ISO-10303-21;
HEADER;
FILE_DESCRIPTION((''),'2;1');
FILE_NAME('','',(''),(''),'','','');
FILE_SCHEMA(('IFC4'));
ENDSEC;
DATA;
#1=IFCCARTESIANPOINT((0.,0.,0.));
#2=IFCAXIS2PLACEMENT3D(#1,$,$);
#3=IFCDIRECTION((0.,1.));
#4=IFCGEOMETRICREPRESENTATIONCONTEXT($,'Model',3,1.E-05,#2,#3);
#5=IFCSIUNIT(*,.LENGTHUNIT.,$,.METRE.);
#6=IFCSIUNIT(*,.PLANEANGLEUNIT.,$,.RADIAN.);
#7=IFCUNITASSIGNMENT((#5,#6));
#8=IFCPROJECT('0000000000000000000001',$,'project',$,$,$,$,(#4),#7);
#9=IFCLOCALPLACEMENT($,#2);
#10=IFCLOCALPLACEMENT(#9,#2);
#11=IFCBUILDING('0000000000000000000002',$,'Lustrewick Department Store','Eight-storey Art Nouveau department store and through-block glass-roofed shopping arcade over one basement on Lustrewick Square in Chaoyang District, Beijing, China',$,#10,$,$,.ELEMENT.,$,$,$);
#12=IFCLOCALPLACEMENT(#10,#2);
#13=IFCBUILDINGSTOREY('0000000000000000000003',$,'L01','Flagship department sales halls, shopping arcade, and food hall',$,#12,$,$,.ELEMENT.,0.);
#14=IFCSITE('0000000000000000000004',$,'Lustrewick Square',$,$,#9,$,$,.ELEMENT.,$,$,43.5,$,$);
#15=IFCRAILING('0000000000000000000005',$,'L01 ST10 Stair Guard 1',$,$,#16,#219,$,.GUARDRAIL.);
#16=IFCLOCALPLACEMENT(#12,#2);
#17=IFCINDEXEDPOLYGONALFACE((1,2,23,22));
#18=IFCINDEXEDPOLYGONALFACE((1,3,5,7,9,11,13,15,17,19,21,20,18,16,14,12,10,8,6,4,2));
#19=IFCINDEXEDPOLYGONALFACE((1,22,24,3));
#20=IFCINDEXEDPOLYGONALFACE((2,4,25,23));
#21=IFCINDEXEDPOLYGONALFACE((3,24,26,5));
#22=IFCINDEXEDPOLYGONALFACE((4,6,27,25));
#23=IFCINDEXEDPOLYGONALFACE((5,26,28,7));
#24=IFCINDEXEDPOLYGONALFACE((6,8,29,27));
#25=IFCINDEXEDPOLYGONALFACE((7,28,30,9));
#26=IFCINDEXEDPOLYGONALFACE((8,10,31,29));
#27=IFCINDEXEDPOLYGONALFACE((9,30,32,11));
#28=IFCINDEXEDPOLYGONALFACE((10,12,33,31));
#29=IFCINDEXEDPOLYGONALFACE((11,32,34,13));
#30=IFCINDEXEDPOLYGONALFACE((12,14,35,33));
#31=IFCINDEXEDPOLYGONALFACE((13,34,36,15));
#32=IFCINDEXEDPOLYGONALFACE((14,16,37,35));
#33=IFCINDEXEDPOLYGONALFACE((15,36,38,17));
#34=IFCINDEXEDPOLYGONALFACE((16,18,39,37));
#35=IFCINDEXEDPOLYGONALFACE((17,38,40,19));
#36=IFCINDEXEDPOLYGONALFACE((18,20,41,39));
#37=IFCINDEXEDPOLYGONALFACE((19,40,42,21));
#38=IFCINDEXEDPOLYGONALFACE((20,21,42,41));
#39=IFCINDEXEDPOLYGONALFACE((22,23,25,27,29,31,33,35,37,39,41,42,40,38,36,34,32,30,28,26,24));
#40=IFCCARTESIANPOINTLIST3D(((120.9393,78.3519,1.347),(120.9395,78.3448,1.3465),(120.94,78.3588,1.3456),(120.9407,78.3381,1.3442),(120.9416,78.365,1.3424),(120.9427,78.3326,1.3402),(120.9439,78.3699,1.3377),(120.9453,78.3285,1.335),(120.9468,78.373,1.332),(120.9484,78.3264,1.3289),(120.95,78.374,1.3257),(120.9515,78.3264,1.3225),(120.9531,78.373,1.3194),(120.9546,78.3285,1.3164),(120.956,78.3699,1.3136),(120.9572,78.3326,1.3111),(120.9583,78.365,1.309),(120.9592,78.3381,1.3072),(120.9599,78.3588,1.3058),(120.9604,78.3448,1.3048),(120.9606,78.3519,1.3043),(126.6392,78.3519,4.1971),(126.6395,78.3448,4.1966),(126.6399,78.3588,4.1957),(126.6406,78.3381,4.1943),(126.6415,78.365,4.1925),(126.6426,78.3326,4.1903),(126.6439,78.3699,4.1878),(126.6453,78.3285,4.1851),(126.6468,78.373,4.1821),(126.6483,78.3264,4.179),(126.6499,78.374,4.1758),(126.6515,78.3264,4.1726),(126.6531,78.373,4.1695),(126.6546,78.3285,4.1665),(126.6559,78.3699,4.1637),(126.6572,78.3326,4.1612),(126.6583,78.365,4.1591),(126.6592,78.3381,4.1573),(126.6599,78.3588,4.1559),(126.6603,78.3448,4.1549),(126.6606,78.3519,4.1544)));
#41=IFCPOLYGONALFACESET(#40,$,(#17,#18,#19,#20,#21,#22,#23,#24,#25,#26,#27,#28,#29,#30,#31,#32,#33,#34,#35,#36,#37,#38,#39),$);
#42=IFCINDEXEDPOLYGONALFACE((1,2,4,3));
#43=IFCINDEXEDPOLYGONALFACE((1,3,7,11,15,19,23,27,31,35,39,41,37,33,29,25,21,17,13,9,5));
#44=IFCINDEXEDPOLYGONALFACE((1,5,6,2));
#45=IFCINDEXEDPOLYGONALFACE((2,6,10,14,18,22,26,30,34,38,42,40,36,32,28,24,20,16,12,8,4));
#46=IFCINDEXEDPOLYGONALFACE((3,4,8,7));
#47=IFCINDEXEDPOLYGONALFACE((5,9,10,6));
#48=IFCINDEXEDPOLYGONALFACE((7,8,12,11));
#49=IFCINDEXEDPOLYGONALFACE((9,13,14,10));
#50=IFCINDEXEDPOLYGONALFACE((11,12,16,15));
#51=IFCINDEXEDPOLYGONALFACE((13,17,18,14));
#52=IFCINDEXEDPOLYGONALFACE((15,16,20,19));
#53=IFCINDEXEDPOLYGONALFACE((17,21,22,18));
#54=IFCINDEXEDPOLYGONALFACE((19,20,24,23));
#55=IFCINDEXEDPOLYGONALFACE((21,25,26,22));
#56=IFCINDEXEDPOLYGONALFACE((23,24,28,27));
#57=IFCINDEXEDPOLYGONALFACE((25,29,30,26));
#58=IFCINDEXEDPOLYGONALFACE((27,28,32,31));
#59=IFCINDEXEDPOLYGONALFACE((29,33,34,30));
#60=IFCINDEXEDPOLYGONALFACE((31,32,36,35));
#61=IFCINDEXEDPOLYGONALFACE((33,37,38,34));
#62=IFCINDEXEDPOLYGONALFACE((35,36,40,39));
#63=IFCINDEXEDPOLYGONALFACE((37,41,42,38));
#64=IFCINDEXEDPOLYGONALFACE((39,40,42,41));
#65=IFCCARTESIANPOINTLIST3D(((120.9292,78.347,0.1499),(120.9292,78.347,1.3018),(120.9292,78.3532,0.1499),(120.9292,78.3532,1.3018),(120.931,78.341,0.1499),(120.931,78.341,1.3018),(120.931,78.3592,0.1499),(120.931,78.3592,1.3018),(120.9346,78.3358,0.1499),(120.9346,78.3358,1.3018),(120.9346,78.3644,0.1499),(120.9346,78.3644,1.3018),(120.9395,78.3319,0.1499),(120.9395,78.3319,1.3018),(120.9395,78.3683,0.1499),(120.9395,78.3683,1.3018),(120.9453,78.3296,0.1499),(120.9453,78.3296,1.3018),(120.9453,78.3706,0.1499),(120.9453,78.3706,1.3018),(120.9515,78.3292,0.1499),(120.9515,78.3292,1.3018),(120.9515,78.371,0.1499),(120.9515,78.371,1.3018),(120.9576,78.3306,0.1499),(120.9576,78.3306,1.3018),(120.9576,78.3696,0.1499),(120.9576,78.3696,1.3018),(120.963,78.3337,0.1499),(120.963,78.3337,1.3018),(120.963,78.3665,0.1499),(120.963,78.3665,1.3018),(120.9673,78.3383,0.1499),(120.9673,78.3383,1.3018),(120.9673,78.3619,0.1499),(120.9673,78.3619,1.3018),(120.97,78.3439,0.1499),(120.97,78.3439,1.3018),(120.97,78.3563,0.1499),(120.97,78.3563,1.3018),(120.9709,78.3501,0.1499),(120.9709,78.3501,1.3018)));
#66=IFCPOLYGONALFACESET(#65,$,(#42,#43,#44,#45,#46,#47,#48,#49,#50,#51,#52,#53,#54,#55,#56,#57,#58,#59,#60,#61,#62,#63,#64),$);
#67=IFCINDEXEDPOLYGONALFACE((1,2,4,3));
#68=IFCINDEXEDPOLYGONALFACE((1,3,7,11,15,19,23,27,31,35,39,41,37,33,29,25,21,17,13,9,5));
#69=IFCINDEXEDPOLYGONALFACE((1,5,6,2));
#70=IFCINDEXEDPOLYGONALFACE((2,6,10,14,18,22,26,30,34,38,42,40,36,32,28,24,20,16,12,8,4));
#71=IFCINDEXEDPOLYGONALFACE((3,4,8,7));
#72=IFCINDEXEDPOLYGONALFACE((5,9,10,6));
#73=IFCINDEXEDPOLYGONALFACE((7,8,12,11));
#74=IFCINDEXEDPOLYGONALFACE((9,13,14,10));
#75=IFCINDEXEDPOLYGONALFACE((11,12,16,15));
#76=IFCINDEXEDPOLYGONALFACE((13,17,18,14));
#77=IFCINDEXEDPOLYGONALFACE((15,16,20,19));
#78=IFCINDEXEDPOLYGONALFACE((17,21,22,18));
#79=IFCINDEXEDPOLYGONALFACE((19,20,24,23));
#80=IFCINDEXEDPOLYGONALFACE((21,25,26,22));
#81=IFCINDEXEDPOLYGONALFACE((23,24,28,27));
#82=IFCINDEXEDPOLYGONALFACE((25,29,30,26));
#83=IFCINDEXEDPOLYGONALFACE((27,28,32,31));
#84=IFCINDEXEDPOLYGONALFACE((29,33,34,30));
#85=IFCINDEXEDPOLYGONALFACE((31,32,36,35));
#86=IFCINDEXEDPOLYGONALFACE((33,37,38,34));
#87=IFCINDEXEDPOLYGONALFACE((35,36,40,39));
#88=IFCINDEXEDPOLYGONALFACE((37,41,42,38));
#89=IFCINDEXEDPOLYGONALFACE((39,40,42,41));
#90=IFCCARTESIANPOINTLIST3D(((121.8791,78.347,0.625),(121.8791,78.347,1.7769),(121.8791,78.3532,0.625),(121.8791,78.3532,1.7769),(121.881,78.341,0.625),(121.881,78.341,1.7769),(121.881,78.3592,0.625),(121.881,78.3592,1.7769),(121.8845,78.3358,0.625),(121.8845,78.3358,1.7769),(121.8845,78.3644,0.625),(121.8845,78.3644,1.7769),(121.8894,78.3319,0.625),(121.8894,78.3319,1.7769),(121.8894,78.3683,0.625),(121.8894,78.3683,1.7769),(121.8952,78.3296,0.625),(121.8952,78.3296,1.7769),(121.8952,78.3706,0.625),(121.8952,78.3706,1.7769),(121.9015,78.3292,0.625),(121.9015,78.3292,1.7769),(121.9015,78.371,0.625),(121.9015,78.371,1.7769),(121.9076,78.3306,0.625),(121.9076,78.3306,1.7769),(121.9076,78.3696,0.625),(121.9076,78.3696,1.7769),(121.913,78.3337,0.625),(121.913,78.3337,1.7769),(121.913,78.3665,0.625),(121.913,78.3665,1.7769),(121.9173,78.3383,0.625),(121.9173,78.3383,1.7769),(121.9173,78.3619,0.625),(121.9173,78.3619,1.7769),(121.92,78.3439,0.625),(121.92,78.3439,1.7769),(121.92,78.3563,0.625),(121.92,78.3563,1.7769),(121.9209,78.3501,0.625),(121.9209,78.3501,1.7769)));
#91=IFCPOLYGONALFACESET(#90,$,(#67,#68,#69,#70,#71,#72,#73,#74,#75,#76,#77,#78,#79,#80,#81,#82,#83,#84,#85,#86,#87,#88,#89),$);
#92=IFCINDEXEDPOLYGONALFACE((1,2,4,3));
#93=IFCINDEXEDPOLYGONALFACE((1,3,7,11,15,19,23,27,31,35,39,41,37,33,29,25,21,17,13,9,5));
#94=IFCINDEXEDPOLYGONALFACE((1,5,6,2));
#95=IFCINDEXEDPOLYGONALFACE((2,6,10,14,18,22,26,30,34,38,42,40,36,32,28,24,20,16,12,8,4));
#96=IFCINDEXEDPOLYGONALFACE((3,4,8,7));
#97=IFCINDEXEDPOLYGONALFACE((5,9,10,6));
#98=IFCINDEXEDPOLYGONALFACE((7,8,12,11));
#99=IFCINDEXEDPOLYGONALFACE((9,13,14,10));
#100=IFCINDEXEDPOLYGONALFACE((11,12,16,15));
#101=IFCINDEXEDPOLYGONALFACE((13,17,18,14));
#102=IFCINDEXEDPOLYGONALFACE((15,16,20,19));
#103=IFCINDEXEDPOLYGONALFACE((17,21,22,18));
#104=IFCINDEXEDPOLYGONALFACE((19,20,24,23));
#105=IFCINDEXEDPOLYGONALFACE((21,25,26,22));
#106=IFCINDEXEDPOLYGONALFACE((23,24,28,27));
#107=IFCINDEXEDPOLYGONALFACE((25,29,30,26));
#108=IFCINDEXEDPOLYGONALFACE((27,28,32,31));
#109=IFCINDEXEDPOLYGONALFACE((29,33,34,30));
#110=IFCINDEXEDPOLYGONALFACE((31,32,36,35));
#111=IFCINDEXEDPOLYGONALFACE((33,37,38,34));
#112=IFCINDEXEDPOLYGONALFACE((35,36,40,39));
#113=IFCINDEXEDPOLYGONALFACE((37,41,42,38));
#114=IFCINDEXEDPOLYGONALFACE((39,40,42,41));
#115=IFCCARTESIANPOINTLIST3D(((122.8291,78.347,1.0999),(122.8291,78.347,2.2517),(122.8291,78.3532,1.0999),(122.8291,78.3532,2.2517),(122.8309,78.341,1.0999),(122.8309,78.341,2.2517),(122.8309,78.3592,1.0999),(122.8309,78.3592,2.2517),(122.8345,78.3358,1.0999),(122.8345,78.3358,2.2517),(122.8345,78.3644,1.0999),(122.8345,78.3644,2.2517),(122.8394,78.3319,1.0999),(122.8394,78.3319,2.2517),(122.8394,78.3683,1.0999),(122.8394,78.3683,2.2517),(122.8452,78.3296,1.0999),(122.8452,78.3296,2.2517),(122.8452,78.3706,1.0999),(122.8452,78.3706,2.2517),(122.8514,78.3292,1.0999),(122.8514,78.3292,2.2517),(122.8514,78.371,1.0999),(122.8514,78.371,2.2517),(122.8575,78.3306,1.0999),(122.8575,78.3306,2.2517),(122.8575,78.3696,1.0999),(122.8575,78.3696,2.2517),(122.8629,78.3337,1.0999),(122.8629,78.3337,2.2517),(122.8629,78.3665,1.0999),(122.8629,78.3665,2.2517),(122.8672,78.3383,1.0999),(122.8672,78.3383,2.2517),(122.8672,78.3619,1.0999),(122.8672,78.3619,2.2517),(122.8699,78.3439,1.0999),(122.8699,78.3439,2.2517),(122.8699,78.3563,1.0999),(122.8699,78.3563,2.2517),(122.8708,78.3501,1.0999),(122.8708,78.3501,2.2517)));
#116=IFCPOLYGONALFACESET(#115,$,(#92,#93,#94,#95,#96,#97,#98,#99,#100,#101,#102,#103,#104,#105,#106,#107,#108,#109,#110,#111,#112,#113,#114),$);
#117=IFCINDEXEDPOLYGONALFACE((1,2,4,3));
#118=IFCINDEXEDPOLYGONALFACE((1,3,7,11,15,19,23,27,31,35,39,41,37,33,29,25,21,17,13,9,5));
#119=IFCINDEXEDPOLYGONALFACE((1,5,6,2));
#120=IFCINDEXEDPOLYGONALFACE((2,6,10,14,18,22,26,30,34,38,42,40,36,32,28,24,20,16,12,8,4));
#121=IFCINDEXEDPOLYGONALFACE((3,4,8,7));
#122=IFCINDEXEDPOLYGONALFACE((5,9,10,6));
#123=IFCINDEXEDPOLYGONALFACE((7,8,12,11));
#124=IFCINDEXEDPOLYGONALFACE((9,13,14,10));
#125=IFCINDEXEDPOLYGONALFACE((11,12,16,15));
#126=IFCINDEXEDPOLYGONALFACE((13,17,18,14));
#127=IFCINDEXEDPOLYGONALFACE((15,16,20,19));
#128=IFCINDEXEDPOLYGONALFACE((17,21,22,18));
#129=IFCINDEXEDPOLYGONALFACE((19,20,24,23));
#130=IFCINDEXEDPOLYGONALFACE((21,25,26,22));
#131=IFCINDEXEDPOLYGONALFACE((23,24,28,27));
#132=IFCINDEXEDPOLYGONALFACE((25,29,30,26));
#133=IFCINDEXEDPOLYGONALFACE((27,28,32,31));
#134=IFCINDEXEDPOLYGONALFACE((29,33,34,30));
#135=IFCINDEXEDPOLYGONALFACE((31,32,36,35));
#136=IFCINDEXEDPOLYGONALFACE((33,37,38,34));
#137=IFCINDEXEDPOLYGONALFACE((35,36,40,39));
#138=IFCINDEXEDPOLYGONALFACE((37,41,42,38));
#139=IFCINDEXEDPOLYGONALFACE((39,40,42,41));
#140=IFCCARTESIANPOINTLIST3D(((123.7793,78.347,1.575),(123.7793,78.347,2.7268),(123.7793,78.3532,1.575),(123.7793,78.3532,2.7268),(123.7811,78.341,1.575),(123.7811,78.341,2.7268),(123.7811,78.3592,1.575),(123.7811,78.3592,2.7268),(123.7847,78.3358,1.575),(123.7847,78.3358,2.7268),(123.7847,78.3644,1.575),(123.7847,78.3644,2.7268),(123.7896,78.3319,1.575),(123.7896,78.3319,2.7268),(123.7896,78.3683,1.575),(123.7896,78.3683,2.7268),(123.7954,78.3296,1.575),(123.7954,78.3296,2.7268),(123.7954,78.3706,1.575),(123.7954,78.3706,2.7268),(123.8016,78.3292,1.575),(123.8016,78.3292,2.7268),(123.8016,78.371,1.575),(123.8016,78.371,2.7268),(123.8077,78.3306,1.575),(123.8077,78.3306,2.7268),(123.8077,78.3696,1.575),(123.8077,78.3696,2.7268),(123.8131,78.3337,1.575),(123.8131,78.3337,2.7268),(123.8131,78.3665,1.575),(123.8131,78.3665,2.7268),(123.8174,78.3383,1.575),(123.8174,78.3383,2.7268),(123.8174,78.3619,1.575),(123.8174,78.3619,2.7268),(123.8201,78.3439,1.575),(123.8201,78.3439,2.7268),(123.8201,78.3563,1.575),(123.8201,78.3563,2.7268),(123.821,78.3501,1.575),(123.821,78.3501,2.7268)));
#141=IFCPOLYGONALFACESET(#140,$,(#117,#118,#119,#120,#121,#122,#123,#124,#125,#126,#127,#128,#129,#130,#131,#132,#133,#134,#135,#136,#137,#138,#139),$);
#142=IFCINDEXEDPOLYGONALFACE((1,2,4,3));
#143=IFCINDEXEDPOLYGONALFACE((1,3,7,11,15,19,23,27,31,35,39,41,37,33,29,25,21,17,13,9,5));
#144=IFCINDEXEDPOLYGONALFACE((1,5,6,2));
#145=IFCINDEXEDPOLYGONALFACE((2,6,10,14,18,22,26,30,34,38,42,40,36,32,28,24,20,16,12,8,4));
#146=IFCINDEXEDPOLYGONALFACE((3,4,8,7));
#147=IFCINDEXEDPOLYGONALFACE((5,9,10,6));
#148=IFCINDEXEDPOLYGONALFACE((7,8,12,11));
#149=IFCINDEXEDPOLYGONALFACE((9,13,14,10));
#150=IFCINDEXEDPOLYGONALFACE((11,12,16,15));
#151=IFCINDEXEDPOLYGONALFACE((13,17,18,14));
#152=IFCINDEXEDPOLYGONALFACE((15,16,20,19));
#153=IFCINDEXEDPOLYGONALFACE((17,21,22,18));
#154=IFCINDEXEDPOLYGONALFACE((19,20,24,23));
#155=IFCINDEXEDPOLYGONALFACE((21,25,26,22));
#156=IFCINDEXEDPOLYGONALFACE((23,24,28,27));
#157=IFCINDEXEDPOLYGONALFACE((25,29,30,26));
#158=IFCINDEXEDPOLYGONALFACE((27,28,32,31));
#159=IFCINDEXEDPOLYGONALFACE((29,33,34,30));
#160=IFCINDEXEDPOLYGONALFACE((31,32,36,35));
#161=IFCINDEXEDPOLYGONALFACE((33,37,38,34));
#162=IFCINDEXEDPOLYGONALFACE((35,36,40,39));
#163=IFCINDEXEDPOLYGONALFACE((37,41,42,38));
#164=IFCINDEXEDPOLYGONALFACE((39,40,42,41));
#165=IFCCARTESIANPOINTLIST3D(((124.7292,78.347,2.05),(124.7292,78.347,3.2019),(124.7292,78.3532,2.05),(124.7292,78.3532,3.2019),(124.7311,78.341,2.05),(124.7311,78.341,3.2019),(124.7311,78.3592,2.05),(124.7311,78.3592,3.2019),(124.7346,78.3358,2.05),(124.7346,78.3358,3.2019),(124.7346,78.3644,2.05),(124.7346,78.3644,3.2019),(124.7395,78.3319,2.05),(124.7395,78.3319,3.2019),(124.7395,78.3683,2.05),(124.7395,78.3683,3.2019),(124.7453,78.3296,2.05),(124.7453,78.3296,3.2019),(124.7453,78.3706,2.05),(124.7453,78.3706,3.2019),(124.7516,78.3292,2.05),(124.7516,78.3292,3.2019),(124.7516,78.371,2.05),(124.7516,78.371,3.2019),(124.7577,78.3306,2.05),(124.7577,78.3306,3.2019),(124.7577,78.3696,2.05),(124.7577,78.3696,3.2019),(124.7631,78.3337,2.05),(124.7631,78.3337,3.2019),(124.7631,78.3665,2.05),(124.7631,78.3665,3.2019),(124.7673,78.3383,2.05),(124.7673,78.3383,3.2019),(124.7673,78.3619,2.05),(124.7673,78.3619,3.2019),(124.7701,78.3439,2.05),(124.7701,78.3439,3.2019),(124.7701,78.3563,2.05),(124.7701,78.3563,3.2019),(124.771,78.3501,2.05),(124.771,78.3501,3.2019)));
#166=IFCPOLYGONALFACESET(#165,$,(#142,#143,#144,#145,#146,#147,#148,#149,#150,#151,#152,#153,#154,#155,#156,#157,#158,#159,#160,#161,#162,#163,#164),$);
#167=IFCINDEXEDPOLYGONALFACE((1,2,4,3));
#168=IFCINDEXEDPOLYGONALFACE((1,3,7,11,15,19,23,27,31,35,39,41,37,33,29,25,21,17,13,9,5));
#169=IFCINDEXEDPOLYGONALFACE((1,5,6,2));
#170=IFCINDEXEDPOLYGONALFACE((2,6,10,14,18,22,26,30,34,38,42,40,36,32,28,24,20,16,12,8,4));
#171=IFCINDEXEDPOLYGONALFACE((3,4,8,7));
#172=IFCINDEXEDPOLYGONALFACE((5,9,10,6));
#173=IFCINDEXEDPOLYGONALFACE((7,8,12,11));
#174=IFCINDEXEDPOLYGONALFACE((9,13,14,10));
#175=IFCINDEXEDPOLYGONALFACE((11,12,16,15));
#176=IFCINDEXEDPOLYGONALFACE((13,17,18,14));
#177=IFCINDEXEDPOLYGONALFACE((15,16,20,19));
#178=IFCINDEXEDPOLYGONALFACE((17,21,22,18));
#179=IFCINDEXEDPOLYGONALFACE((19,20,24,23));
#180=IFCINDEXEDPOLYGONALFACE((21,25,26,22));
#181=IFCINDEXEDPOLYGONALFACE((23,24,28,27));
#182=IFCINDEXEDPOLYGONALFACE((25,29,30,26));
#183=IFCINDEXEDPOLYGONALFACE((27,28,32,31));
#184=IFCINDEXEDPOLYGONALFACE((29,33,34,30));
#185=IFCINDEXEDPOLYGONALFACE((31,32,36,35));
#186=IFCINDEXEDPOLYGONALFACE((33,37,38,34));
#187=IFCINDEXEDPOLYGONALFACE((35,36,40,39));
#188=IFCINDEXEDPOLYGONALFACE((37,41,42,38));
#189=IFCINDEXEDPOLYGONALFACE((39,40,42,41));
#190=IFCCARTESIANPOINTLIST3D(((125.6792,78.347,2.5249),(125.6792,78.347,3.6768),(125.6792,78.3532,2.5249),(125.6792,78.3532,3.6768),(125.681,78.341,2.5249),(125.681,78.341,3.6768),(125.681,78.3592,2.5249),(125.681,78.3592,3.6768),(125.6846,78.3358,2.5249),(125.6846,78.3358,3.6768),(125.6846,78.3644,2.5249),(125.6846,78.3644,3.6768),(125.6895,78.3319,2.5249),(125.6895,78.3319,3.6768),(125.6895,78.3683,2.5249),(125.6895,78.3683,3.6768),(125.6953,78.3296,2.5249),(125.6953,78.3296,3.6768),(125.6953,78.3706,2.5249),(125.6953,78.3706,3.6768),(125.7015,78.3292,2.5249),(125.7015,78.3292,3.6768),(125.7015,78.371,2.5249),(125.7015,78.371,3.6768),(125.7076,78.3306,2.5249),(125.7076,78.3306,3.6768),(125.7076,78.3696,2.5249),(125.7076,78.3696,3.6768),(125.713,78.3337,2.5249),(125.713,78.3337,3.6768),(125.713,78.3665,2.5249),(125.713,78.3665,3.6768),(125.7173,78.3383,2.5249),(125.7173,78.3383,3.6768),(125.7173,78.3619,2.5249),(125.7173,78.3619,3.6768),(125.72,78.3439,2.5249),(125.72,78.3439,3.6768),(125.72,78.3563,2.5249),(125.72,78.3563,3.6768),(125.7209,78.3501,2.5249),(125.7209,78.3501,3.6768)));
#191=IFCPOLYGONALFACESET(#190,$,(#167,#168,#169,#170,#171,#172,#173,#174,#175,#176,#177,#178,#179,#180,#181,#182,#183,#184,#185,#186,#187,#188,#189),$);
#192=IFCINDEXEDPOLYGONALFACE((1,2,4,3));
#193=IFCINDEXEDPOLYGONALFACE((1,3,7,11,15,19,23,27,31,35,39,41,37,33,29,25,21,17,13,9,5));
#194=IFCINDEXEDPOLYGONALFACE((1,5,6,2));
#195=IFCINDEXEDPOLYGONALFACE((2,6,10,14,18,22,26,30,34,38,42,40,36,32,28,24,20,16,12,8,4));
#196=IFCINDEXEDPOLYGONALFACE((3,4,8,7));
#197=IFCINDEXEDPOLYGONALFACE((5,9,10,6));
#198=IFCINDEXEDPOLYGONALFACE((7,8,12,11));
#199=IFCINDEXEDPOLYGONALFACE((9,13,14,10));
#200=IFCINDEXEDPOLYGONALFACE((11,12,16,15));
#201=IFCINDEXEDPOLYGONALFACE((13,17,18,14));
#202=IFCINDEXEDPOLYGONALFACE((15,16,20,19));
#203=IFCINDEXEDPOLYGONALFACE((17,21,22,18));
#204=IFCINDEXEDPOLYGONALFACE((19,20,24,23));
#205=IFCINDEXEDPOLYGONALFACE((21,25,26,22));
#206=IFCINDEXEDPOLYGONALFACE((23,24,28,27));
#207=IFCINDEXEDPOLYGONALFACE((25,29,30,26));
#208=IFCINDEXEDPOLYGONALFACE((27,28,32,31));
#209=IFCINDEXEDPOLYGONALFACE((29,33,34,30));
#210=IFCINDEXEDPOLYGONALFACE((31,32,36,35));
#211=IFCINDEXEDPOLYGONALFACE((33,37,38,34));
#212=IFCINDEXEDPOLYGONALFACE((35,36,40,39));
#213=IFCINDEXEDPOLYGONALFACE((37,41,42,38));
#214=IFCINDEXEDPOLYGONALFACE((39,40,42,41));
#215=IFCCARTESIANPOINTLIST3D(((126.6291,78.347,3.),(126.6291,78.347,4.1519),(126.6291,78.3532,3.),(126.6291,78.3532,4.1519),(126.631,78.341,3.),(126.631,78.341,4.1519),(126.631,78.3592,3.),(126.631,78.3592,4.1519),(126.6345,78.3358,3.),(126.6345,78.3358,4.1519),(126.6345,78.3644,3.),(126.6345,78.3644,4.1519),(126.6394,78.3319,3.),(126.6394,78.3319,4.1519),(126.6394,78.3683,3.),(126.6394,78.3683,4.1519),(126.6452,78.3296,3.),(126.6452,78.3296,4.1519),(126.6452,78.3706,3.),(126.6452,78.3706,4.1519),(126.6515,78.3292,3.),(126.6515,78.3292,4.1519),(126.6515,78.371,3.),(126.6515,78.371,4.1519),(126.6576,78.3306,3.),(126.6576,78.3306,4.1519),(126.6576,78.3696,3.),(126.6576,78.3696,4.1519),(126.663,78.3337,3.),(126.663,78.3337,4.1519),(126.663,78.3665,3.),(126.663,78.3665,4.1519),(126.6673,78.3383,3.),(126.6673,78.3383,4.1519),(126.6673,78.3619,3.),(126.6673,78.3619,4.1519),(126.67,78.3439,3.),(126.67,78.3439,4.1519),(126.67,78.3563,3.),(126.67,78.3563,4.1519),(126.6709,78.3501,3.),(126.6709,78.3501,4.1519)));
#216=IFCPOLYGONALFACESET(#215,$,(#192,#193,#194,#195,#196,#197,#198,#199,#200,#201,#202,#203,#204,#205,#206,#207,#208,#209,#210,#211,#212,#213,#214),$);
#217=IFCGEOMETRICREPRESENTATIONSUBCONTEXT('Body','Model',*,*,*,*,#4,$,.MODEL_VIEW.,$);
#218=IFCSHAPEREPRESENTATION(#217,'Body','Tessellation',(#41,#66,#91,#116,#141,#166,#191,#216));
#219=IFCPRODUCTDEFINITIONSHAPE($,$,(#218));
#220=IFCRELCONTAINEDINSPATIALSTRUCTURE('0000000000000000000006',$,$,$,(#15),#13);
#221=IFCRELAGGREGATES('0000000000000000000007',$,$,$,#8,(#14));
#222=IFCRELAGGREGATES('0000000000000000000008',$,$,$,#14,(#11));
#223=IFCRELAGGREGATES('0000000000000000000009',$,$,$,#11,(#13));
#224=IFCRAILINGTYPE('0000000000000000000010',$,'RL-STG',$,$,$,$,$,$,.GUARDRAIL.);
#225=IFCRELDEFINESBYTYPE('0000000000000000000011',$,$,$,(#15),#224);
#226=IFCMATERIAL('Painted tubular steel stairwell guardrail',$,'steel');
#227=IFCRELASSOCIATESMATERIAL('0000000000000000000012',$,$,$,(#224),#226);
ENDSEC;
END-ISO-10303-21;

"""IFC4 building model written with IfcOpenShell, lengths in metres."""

from ifc_helpers import new_model, si_unit, direction, frame, origin, origin_2d, place, context, subcontext, project, spatial, circle, extrude, material, type_object, element, save


model = new_model("IFC4")

# Units and contexts
model_context = context("Model", 3, precision=1e-05, world=origin(), true_north=direction((0.0, 1.0)))
body_context = subcontext(model_context, "Body", "Model", "MODEL_VIEW")
ifc_project = project(units=[si_unit("LENGTHUNIT", "METRE"), si_unit("PLANEANGLEUNIT", "RADIAN")], contexts=[model_context])

# Site, building, storey
site_placement = place(None, origin())
site = spatial("IfcSite", under=ifc_project, at=site_placement, Name="Lustrewick Square", CompositionType="ELEMENT", RefElevation=43.5)
building_placement = place(site_placement, origin())
building = spatial("IfcBuilding", under=site, at=building_placement, Name="Lustrewick Department Store", Description="Eight-storey Art Nouveau department store and through-block glass-roofed shopping arcade over one basement on Lustrewick Square in Chaoyang District, Beijing, China", CompositionType="ELEMENT")
storey_placement = place(building_placement, origin())
storey = spatial("IfcBuildingStorey", under=building, at=storey_placement, Name="L01", Description="Flagship department sales halls, shopping arcade, and food hall", CompositionType="ELEMENT", Elevation=0.0)

# Railing
ifc_material_1 = material(Name="Painted tubular steel stairwell guardrail", Category="steel")
railing_type_1 = type_object("IfcRailingType", Name="RL-STG", PredefinedType="GUARDRAIL", material=ifc_material_1)
railing_1_placement = place(storey_placement, frame((120.95, 78.3501, 0.1499)))
element("IfcRailing", 1, at=railing_1_placement, inside=storey, type_object=railing_type_1, Name="L01 ST10 Stair Guard 1", PredefinedType="GUARDRAIL", context=body_context, shape_type="SweptSolid", body=[
    extrude(circle(Radius=0.0239, at=origin_2d()), frame((0.0, 0.0, 1.1758), z_axis=(0.89442, 0.0, 0.447229), x_axis=(0.0, 1.0, 0.0)), (0.0, 0.0, 1.0), 6.3728),
    extrude(circle(Radius=0.021, at=origin_2d()), origin(), (0.0, 0.0, 1.0), 1.1519),
    extrude(circle(Radius=0.021, at=origin_2d()), frame((0.95, 0.0, 0.4751)), (0.0, 0.0, 1.0), 1.1519),
    extrude(circle(Radius=0.021, at=origin_2d()), frame((1.8999, 0.0, 0.95)), (0.0, 0.0, 1.0), 1.1519),
    extrude(circle(Radius=0.021, at=origin_2d()), frame((2.8501, 0.0, 1.425)), (0.0, 0.0, 1.0), 1.1519),
    extrude(circle(Radius=0.021, at=origin_2d()), frame((3.8, 0.0, 1.9001)), (0.0, 0.0, 1.0), 1.1519),
    extrude(circle(Radius=0.021, at=origin_2d()), frame((4.75, 0.0, 2.375)), (0.0, 0.0, 1.0), 1.1519),
    extrude(circle(Radius=0.021, at=origin_2d()), frame((5.7, 0.0, 2.8501)), (0.0, 0.0, 1.0), 1.1519),
])

save(model, "model.ifc")
